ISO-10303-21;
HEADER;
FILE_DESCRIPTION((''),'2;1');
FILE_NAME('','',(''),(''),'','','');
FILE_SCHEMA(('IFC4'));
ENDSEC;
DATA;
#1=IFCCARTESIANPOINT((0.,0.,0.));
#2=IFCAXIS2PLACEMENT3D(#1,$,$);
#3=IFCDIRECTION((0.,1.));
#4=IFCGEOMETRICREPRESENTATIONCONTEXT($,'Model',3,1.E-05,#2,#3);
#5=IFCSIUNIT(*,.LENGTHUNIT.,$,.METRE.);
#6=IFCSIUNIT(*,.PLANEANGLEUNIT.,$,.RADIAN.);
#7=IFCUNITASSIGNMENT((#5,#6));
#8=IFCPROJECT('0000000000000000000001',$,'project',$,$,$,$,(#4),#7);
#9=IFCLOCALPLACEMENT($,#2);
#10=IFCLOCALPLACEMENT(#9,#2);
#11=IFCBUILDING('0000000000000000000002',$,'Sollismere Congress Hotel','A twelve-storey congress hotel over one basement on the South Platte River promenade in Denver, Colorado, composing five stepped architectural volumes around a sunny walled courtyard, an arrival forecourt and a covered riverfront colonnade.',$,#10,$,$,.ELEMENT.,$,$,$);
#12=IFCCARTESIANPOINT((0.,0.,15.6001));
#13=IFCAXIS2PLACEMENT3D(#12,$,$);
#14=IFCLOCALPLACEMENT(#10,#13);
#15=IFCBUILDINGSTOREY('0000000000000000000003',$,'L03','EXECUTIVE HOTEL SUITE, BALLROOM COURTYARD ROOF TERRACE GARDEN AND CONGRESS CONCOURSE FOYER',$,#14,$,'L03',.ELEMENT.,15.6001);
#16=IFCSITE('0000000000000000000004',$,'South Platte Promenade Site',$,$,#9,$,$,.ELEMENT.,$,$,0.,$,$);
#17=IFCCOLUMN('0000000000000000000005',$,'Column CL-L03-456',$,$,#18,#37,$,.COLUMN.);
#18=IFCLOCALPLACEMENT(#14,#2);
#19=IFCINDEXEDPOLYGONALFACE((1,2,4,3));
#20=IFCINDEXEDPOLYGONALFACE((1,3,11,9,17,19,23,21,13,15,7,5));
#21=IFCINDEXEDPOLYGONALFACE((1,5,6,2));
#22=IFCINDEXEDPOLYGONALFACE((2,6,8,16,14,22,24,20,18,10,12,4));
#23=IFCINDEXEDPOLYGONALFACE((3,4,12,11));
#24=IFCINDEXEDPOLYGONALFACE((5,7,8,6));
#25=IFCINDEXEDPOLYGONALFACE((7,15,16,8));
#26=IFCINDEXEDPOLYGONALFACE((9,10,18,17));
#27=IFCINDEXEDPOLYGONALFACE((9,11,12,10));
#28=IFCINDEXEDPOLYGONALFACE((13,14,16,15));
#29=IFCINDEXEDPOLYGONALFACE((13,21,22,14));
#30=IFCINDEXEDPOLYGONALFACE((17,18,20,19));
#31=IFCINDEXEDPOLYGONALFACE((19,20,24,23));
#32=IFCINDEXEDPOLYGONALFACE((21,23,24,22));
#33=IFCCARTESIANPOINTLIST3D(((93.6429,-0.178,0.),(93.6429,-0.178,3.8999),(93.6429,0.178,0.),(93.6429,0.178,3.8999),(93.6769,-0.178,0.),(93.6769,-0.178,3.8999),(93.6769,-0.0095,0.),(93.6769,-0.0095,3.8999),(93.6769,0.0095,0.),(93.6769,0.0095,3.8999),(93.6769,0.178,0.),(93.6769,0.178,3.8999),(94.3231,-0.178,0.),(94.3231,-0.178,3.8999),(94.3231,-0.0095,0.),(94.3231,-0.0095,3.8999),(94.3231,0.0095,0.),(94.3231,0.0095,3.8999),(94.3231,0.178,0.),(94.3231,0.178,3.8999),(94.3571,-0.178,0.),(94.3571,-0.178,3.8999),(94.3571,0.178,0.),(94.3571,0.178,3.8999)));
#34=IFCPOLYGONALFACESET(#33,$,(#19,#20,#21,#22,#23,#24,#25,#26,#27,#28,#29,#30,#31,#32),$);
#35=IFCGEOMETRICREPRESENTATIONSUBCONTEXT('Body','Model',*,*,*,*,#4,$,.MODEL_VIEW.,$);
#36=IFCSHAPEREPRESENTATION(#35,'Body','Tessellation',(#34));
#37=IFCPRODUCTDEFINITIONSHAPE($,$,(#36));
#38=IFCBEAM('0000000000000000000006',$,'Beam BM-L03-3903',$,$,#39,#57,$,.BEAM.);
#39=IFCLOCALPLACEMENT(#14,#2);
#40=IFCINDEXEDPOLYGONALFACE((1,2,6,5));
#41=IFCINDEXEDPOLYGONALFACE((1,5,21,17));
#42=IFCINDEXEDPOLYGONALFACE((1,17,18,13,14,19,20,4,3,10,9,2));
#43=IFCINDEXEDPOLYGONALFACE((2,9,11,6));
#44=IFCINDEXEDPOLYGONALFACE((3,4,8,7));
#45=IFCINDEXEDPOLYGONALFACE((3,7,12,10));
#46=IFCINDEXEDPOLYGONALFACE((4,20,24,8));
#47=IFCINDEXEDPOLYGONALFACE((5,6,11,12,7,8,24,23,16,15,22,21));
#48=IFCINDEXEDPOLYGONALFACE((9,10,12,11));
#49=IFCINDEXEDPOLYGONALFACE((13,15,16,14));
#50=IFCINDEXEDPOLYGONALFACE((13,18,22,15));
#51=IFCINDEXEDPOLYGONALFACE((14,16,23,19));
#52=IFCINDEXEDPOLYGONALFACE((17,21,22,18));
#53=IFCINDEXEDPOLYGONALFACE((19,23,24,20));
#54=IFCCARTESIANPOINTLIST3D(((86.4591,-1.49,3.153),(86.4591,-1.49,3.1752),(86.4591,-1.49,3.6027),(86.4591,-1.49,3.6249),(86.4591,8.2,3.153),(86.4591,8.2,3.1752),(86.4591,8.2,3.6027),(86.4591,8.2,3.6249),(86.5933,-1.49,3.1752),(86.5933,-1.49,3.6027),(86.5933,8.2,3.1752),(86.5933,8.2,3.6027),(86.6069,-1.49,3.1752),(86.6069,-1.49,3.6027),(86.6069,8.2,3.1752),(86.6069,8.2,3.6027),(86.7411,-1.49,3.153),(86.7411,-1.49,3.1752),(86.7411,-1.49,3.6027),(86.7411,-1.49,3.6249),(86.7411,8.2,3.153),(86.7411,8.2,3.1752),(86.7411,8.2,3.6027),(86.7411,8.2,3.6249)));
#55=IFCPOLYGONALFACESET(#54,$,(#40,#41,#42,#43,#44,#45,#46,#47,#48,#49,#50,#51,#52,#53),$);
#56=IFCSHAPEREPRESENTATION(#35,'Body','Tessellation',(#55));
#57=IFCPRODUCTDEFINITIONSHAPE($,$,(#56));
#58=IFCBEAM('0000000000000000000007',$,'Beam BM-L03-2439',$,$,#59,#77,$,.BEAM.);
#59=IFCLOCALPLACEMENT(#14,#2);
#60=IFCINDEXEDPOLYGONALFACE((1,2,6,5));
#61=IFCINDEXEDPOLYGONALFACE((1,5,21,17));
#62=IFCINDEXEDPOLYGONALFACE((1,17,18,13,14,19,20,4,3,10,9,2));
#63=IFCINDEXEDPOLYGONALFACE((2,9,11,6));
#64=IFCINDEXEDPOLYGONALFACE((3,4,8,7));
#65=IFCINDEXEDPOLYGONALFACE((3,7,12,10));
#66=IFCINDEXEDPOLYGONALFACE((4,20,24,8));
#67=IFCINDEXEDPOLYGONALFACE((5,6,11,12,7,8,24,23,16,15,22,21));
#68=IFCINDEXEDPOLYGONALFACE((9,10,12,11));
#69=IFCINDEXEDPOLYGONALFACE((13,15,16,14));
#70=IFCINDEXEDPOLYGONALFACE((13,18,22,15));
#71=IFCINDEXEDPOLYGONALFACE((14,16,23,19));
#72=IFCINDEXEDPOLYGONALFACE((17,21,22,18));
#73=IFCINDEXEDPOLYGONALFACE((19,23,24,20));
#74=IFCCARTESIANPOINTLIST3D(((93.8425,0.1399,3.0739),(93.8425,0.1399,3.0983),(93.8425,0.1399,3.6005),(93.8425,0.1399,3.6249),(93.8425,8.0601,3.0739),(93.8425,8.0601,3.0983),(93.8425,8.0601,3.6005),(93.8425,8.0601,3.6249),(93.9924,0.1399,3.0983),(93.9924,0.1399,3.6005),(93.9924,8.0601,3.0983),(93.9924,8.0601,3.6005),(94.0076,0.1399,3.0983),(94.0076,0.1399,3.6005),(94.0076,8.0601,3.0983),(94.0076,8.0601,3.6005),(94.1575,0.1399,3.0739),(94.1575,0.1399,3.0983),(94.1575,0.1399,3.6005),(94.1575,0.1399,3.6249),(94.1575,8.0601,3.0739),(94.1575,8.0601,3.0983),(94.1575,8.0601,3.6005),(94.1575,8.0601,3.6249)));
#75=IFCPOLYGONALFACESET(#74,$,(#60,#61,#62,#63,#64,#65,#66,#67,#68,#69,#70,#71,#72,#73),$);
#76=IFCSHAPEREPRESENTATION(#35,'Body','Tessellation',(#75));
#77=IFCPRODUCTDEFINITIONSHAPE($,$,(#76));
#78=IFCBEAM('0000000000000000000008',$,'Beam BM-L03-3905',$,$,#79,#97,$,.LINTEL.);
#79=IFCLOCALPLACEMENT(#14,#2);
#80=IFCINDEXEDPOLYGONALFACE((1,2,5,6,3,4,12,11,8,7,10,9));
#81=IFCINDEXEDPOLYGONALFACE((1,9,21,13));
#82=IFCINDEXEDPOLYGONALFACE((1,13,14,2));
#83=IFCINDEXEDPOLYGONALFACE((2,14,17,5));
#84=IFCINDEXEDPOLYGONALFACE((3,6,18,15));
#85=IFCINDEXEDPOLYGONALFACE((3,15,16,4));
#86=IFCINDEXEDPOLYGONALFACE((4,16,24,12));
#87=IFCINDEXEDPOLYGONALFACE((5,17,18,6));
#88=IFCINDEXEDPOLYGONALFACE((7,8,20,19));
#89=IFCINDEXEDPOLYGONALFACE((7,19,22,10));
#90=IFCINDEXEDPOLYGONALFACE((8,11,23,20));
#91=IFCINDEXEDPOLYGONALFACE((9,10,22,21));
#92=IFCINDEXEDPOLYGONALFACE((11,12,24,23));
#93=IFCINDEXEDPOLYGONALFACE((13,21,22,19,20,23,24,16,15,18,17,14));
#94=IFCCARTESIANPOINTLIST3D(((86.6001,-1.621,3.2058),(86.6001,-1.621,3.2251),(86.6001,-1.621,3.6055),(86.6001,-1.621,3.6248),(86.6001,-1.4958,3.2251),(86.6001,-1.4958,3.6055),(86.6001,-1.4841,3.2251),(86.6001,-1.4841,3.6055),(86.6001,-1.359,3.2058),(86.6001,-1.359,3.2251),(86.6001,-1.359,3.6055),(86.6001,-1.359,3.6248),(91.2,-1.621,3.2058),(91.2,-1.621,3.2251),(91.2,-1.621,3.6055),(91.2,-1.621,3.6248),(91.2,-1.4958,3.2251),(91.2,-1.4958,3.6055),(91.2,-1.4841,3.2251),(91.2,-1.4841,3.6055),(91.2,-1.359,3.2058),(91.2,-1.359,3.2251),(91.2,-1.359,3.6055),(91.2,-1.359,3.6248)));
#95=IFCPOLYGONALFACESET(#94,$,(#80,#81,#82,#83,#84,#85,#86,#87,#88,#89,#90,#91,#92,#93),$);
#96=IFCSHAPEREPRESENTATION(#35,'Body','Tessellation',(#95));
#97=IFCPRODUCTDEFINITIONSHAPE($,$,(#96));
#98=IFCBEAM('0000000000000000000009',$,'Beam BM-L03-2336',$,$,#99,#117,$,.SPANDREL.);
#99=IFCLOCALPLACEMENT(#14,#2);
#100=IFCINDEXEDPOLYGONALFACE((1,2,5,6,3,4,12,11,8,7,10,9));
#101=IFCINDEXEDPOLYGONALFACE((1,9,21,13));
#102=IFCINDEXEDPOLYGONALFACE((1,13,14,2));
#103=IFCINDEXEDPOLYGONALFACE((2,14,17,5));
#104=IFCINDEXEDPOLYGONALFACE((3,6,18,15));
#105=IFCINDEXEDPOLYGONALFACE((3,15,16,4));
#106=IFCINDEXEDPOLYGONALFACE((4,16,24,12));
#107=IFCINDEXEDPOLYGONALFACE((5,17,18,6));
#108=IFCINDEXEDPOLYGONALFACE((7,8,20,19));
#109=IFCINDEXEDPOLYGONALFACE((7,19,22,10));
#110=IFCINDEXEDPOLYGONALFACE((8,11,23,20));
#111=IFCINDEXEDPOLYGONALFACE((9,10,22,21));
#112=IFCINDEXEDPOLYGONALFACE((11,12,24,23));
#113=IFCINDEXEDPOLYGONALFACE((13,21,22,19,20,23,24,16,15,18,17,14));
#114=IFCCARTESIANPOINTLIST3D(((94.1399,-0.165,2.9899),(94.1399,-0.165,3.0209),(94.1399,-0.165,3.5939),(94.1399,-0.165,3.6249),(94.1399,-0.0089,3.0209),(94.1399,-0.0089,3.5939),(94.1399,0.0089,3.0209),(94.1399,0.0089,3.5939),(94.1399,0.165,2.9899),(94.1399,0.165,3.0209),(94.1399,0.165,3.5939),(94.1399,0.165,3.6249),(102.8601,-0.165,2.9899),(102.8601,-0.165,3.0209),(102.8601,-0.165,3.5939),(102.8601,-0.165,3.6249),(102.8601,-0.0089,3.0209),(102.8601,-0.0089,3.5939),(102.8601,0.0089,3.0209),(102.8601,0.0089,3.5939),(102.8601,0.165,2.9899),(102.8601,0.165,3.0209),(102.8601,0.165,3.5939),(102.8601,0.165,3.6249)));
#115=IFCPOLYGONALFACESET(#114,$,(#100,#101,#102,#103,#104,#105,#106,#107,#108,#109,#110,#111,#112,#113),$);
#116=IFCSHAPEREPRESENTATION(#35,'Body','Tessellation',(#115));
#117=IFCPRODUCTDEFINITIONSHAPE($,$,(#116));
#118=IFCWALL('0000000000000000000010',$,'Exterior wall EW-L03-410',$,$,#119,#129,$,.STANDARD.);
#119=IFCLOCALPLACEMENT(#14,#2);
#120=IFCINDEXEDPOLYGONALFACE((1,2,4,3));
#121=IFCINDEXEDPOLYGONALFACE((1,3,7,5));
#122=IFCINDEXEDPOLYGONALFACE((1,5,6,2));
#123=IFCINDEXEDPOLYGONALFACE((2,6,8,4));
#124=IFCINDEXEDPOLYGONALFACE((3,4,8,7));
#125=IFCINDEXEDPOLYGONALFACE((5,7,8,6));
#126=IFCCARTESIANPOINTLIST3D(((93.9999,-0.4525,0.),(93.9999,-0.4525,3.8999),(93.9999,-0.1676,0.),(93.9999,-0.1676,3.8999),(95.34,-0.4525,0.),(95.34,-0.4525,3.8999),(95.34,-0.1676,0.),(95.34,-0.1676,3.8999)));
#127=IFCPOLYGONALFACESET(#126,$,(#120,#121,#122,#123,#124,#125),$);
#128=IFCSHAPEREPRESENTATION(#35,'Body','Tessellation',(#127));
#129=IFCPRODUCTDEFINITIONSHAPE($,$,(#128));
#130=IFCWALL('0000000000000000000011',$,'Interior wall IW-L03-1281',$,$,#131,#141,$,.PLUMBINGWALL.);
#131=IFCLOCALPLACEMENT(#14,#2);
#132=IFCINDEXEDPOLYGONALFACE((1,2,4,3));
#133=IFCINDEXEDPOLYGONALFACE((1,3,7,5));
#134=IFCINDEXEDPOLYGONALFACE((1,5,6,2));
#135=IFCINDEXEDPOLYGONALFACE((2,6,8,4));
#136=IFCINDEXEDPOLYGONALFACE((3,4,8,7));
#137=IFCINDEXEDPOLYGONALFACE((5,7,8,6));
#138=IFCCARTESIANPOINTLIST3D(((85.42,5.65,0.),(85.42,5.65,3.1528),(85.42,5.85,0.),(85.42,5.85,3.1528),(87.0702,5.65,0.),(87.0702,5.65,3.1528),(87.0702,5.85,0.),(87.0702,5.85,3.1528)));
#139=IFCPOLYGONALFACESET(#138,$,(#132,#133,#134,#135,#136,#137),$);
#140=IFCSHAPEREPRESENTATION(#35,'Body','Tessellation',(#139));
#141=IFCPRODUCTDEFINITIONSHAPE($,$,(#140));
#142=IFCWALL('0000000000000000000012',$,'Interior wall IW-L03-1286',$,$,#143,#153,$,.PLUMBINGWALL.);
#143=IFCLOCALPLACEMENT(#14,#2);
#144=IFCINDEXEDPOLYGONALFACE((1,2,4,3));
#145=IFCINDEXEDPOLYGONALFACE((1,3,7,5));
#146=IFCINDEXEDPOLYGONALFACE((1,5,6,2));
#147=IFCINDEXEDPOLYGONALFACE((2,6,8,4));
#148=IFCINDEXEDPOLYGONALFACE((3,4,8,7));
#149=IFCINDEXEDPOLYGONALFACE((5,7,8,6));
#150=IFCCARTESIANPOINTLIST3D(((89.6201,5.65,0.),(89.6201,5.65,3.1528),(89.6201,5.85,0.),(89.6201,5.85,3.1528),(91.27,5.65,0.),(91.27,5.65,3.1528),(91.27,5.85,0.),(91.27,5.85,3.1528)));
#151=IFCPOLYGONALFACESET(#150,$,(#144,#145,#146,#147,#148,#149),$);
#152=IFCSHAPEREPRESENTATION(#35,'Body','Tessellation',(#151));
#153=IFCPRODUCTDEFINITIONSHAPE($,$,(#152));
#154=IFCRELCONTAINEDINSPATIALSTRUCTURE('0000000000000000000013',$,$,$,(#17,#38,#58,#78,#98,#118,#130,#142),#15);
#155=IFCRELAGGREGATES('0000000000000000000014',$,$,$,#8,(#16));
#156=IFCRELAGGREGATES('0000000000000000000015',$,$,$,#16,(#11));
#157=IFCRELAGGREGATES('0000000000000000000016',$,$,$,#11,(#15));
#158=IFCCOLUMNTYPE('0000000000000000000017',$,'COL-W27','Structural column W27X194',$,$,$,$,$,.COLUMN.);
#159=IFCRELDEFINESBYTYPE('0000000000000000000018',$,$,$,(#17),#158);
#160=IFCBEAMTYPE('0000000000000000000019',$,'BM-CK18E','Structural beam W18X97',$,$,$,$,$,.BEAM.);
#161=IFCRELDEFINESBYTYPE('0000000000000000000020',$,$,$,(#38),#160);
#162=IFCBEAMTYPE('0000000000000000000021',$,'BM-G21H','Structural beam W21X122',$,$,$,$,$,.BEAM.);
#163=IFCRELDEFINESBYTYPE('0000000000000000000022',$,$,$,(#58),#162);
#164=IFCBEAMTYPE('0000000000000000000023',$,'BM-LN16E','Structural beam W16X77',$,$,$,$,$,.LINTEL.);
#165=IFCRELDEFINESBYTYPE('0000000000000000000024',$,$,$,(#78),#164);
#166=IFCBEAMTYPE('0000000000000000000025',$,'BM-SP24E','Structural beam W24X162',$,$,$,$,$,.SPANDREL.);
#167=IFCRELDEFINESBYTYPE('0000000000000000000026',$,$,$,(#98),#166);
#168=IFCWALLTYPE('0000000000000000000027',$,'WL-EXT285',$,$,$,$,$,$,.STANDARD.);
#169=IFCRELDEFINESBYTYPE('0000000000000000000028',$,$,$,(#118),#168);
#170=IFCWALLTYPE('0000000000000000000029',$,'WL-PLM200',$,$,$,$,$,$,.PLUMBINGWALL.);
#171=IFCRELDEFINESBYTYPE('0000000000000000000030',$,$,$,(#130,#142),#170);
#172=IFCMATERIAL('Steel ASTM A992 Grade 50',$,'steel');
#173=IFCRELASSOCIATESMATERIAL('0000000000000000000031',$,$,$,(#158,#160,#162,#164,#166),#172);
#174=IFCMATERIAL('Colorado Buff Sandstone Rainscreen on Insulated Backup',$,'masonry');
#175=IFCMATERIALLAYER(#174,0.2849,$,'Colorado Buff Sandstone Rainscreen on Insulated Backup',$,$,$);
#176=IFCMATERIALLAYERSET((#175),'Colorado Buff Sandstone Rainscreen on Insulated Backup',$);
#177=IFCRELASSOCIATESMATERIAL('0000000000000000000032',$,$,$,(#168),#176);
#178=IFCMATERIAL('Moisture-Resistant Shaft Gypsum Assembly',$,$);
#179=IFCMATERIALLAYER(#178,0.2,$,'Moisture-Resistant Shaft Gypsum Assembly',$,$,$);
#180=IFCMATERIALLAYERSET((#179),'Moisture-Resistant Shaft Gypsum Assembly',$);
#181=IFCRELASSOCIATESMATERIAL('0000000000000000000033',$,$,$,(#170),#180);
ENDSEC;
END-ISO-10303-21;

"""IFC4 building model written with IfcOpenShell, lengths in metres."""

from ifc_helpers import new_model, si_unit, direction, frame, frame_2d, origin, origin_2d, place, context, subcontext, project, spatial, rectangle, i_section, extrude, material, layer, layer_set, material_profile, profile_set, type_object, element, save


model = new_model("IFC4")

# Units and contexts
model_context = context("Model", 3, precision=1e-05, world=origin(), true_north=direction((0.0, 1.0)))
body_context = subcontext(model_context, "Body", "Model", "MODEL_VIEW")
ifc_project = project(units=[si_unit("LENGTHUNIT", "METRE"), si_unit("PLANEANGLEUNIT", "RADIAN")], contexts=[model_context])

# Site, building, storey
site_placement = place(None, origin())
site = spatial("IfcSite", under=ifc_project, at=site_placement, Name="South Platte Promenade Site", CompositionType="ELEMENT", RefElevation=0.0)
building_placement = place(site_placement, origin())
building = spatial("IfcBuilding", under=site, at=building_placement, Name="Sollismere Congress Hotel", Description="A twelve-storey congress hotel over one basement on the South Platte River promenade in Denver, Colorado, composing five stepped architectural volumes around a sunny walled courtyard, an arrival forecourt and a covered riverfront colonnade.", CompositionType="ELEMENT")
storey_placement = place(building_placement, frame((0.0, 0.0, 15.6001)))
storey = spatial("IfcBuildingStorey", under=building, at=storey_placement, Name="L03", Description="EXECUTIVE HOTEL SUITE, BALLROOM COURTYARD ROOF TERRACE GARDEN AND CONGRESS CONCOURSE FOYER", LongName="L03", CompositionType="ELEMENT", Elevation=15.6001)

# Column
ifc_material_1 = material(Name="Steel ASTM A992 Grade 50", Category="steel")
ifc_material_profile_1 = material_profile(ifc_material_1, i_section(OverallWidth=0.356, OverallDepth=0.7141, WebThickness=0.019, FlangeThickness=0.0339, at=origin_2d()), Name="W27X194")
ifc_profile_set_1 = profile_set([ifc_material_profile_1], Name="Steel ASTM A992 Grade 50")
column_type = type_object("IfcColumnType", Name="COL-W27", Description="Structural column W27X194", PredefinedType="COLUMN", material=ifc_profile_set_1)
column_placement = place(storey_placement, frame((94.0, 0.0, 0.0), z_axis=(0.0, 0.0, 1.0), x_axis=(0.0, 1.0, 0.0)))
element("IfcColumn", 1, at=column_placement, inside=storey, type_object=column_type, Name="Column CL-L03-456", PredefinedType="COLUMN", context=body_context, shape_type="SweptSolid", body=[
    extrude(i_section(OverallWidth=0.356, OverallDepth=0.7141, WebThickness=0.019, FlangeThickness=0.0339, at=origin_2d()), origin(), (0.0, 0.0, 1.0), 3.8999),
])

# Beams
ifc_material_profile_2 = material_profile(ifc_material_1, i_section(OverallWidth=0.282, OverallDepth=0.4719, WebThickness=0.0137, FlangeThickness=0.0222, at=origin_2d()), Name="W18X97")
ifc_profile_set_2 = profile_set([ifc_material_profile_2], Name="Steel ASTM A992 Grade 50")
beam_type_1 = type_object("IfcBeamType", Name="BM-CK18E", Description="Structural beam W18X97", PredefinedType="BEAM", material=ifc_profile_set_2)
beam_1_placement = place(storey_placement, frame((86.6001, 8.2, 3.3889), z_axis=(0.0, -1.0, 0.0), x_axis=(1.0, 0.0, 0.0)))
element("IfcBeam", 2, at=beam_1_placement, inside=storey, type_object=beam_type_1, Name="Beam BM-L03-3903", PredefinedType="BEAM", context=body_context, shape_type="SweptSolid", body=[
    extrude(i_section(OverallWidth=0.282, OverallDepth=0.4719, WebThickness=0.0137, FlangeThickness=0.0222, at=origin_2d()), origin(), (0.0, 0.0, 1.0), 9.6899),
])
ifc_material_profile_3 = material_profile(ifc_material_1, i_section(OverallWidth=0.3149, OverallDepth=0.551, WebThickness=0.0151, FlangeThickness=0.0244, at=origin_2d()), Name="W21X122")
ifc_profile_set_3 = profile_set([ifc_material_profile_3], Name="Steel ASTM A992 Grade 50")
beam_type_2 = type_object("IfcBeamType", Name="BM-G21H", Description="Structural beam W21X122", PredefinedType="BEAM", material=ifc_profile_set_3)
beam_2_placement = place(storey_placement, frame((94.0, 0.1399, 3.3494), z_axis=(0.0, 1.0, 0.0), x_axis=(-1.0, 0.0, 0.0)))
element("IfcBeam", 3, at=beam_2_placement, inside=storey, type_object=beam_type_2, Name="Beam BM-L03-2439", PredefinedType="BEAM", context=body_context, shape_type="SweptSolid", body=[
    extrude(i_section(OverallWidth=0.3149, OverallDepth=0.551, WebThickness=0.0151, FlangeThickness=0.0244, at=origin_2d()), origin(), (0.0, 0.0, 1.0), 7.9202),
])
ifc_material_profile_4 = material_profile(ifc_material_1, i_section(OverallWidth=0.262, OverallDepth=0.4189, WebThickness=0.0117, FlangeThickness=0.0193, at=origin_2d()), Name="W16X77")
ifc_profile_set_4 = profile_set([ifc_material_profile_4], Name="Steel ASTM A992 Grade 50")
beam_type_3 = type_object("IfcBeamType", Name="BM-LN16E", Description="Structural beam W16X77", PredefinedType="LINTEL", material=ifc_profile_set_4)
beam_3_placement = place(storey_placement, frame((86.6001, -1.49, 3.4153), z_axis=(1.0, 0.0, 0.0), x_axis=(0.0, 1.0, 0.0)))
element("IfcBeam", 4, at=beam_3_placement, inside=storey, type_object=beam_type_3, Name="Beam BM-L03-3905", PredefinedType="LINTEL", context=body_context, shape_type="SweptSolid", body=[
    extrude(i_section(OverallWidth=0.262, OverallDepth=0.4189, WebThickness=0.0117, FlangeThickness=0.0193, at=origin_2d()), origin(), (0.0, 0.0, 1.0), 4.5999),
])
ifc_material_profile_5 = material_profile(ifc_material_1, i_section(OverallWidth=0.3301, OverallDepth=0.635, WebThickness=0.0178, FlangeThickness=0.031, at=origin_2d()), Name="W24X162")
ifc_profile_set_5 = profile_set([ifc_material_profile_5], Name="Steel ASTM A992 Grade 50")
beam_type_4 = type_object("IfcBeamType", Name="BM-SP24E", Description="Structural beam W24X162", PredefinedType="SPANDREL", material=ifc_profile_set_5)
beam_4_placement = place(storey_placement, frame((94.1399, 0.0, 3.3074), z_axis=(1.0, 0.0, 0.0), x_axis=(0.0, 1.0, 0.0)))
element("IfcBeam", 5, at=beam_4_placement, inside=storey, type_object=beam_type_4, Name="Beam BM-L03-2336", PredefinedType="SPANDREL", context=body_context, shape_type="SweptSolid", body=[
    extrude(i_section(OverallWidth=0.3301, OverallDepth=0.635, WebThickness=0.0178, FlangeThickness=0.031, at=origin_2d()), origin(), (0.0, 0.0, 1.0), 8.7202),
])

# Walls
ifc_material_2 = material(Name="Colorado Buff Sandstone Rainscreen on Insulated Backup", Category="masonry")
ifc_layer_1 = layer(ifc_material_2, 0.2849, Name="Colorado Buff Sandstone Rainscreen on Insulated Backup")
ifc_layer_set_1 = layer_set([ifc_layer_1], Name="Colorado Buff Sandstone Rainscreen on Insulated Backup")
wall_type_1 = type_object("IfcWallType", Name="WL-EXT285", PredefinedType="STANDARD", material=ifc_layer_set_1)
wall_1_placement = place(storey_placement, frame((94.0, -0.3101, 0.0), z_axis=(0.0, 0.0, 1.0), x_axis=(1.0, 0.0, 0.0)))
element("IfcWall", 6, at=wall_1_placement, inside=storey, type_object=wall_type_1, Name="Exterior wall EW-L03-410", PredefinedType="STANDARD", context=body_context, shape_type="SweptSolid", body=[
    extrude(rectangle(XDim=1.3401, YDim=0.2849, at=frame_2d((0.6699, 0.0))), origin(), (0.0, 0.0, 1.0), 3.8999),
])
ifc_material_3 = material(Name="Moisture-Resistant Shaft Gypsum Assembly")
ifc_layer_2 = layer(ifc_material_3, 0.2, Name="Moisture-Resistant Shaft Gypsum Assembly")
ifc_layer_set_2 = layer_set([ifc_layer_2], Name="Moisture-Resistant Shaft Gypsum Assembly")
wall_type_2 = type_object("IfcWallType", Name="WL-PLM200", PredefinedType="PLUMBINGWALL", material=ifc_layer_set_2)
wall_2_placement = place(storey_placement, frame((85.4199, 5.75, 0.0), z_axis=(0.0, 0.0, 1.0), x_axis=(1.0, 0.0, 0.0)))
element("IfcWall", 7, at=wall_2_placement, inside=storey, type_object=wall_type_2, Name="Interior wall IW-L03-1281", PredefinedType="PLUMBINGWALL", context=body_context, shape_type="SweptSolid", body=[
    extrude(rectangle(XDim=1.6501, YDim=0.2, at=frame_2d((0.8252, 0.0))), origin(), (0.0, 0.0, 1.0), 3.1528),
])
wall_3_placement = place(storey_placement, frame((89.6201, 5.75, 0.0), z_axis=(0.0, 0.0, 1.0), x_axis=(1.0, 0.0, 0.0)))
element("IfcWall", 8, at=wall_3_placement, inside=storey, type_object=wall_type_2, Name="Interior wall IW-L03-1286", PredefinedType="PLUMBINGWALL", context=body_context, shape_type="SweptSolid", body=[
    extrude(rectangle(XDim=1.6499, YDim=0.2, at=frame_2d((0.825, 0.0))), origin(), (0.0, 0.0, 1.0), 3.1528),
])

save(model, "model.ifc")
